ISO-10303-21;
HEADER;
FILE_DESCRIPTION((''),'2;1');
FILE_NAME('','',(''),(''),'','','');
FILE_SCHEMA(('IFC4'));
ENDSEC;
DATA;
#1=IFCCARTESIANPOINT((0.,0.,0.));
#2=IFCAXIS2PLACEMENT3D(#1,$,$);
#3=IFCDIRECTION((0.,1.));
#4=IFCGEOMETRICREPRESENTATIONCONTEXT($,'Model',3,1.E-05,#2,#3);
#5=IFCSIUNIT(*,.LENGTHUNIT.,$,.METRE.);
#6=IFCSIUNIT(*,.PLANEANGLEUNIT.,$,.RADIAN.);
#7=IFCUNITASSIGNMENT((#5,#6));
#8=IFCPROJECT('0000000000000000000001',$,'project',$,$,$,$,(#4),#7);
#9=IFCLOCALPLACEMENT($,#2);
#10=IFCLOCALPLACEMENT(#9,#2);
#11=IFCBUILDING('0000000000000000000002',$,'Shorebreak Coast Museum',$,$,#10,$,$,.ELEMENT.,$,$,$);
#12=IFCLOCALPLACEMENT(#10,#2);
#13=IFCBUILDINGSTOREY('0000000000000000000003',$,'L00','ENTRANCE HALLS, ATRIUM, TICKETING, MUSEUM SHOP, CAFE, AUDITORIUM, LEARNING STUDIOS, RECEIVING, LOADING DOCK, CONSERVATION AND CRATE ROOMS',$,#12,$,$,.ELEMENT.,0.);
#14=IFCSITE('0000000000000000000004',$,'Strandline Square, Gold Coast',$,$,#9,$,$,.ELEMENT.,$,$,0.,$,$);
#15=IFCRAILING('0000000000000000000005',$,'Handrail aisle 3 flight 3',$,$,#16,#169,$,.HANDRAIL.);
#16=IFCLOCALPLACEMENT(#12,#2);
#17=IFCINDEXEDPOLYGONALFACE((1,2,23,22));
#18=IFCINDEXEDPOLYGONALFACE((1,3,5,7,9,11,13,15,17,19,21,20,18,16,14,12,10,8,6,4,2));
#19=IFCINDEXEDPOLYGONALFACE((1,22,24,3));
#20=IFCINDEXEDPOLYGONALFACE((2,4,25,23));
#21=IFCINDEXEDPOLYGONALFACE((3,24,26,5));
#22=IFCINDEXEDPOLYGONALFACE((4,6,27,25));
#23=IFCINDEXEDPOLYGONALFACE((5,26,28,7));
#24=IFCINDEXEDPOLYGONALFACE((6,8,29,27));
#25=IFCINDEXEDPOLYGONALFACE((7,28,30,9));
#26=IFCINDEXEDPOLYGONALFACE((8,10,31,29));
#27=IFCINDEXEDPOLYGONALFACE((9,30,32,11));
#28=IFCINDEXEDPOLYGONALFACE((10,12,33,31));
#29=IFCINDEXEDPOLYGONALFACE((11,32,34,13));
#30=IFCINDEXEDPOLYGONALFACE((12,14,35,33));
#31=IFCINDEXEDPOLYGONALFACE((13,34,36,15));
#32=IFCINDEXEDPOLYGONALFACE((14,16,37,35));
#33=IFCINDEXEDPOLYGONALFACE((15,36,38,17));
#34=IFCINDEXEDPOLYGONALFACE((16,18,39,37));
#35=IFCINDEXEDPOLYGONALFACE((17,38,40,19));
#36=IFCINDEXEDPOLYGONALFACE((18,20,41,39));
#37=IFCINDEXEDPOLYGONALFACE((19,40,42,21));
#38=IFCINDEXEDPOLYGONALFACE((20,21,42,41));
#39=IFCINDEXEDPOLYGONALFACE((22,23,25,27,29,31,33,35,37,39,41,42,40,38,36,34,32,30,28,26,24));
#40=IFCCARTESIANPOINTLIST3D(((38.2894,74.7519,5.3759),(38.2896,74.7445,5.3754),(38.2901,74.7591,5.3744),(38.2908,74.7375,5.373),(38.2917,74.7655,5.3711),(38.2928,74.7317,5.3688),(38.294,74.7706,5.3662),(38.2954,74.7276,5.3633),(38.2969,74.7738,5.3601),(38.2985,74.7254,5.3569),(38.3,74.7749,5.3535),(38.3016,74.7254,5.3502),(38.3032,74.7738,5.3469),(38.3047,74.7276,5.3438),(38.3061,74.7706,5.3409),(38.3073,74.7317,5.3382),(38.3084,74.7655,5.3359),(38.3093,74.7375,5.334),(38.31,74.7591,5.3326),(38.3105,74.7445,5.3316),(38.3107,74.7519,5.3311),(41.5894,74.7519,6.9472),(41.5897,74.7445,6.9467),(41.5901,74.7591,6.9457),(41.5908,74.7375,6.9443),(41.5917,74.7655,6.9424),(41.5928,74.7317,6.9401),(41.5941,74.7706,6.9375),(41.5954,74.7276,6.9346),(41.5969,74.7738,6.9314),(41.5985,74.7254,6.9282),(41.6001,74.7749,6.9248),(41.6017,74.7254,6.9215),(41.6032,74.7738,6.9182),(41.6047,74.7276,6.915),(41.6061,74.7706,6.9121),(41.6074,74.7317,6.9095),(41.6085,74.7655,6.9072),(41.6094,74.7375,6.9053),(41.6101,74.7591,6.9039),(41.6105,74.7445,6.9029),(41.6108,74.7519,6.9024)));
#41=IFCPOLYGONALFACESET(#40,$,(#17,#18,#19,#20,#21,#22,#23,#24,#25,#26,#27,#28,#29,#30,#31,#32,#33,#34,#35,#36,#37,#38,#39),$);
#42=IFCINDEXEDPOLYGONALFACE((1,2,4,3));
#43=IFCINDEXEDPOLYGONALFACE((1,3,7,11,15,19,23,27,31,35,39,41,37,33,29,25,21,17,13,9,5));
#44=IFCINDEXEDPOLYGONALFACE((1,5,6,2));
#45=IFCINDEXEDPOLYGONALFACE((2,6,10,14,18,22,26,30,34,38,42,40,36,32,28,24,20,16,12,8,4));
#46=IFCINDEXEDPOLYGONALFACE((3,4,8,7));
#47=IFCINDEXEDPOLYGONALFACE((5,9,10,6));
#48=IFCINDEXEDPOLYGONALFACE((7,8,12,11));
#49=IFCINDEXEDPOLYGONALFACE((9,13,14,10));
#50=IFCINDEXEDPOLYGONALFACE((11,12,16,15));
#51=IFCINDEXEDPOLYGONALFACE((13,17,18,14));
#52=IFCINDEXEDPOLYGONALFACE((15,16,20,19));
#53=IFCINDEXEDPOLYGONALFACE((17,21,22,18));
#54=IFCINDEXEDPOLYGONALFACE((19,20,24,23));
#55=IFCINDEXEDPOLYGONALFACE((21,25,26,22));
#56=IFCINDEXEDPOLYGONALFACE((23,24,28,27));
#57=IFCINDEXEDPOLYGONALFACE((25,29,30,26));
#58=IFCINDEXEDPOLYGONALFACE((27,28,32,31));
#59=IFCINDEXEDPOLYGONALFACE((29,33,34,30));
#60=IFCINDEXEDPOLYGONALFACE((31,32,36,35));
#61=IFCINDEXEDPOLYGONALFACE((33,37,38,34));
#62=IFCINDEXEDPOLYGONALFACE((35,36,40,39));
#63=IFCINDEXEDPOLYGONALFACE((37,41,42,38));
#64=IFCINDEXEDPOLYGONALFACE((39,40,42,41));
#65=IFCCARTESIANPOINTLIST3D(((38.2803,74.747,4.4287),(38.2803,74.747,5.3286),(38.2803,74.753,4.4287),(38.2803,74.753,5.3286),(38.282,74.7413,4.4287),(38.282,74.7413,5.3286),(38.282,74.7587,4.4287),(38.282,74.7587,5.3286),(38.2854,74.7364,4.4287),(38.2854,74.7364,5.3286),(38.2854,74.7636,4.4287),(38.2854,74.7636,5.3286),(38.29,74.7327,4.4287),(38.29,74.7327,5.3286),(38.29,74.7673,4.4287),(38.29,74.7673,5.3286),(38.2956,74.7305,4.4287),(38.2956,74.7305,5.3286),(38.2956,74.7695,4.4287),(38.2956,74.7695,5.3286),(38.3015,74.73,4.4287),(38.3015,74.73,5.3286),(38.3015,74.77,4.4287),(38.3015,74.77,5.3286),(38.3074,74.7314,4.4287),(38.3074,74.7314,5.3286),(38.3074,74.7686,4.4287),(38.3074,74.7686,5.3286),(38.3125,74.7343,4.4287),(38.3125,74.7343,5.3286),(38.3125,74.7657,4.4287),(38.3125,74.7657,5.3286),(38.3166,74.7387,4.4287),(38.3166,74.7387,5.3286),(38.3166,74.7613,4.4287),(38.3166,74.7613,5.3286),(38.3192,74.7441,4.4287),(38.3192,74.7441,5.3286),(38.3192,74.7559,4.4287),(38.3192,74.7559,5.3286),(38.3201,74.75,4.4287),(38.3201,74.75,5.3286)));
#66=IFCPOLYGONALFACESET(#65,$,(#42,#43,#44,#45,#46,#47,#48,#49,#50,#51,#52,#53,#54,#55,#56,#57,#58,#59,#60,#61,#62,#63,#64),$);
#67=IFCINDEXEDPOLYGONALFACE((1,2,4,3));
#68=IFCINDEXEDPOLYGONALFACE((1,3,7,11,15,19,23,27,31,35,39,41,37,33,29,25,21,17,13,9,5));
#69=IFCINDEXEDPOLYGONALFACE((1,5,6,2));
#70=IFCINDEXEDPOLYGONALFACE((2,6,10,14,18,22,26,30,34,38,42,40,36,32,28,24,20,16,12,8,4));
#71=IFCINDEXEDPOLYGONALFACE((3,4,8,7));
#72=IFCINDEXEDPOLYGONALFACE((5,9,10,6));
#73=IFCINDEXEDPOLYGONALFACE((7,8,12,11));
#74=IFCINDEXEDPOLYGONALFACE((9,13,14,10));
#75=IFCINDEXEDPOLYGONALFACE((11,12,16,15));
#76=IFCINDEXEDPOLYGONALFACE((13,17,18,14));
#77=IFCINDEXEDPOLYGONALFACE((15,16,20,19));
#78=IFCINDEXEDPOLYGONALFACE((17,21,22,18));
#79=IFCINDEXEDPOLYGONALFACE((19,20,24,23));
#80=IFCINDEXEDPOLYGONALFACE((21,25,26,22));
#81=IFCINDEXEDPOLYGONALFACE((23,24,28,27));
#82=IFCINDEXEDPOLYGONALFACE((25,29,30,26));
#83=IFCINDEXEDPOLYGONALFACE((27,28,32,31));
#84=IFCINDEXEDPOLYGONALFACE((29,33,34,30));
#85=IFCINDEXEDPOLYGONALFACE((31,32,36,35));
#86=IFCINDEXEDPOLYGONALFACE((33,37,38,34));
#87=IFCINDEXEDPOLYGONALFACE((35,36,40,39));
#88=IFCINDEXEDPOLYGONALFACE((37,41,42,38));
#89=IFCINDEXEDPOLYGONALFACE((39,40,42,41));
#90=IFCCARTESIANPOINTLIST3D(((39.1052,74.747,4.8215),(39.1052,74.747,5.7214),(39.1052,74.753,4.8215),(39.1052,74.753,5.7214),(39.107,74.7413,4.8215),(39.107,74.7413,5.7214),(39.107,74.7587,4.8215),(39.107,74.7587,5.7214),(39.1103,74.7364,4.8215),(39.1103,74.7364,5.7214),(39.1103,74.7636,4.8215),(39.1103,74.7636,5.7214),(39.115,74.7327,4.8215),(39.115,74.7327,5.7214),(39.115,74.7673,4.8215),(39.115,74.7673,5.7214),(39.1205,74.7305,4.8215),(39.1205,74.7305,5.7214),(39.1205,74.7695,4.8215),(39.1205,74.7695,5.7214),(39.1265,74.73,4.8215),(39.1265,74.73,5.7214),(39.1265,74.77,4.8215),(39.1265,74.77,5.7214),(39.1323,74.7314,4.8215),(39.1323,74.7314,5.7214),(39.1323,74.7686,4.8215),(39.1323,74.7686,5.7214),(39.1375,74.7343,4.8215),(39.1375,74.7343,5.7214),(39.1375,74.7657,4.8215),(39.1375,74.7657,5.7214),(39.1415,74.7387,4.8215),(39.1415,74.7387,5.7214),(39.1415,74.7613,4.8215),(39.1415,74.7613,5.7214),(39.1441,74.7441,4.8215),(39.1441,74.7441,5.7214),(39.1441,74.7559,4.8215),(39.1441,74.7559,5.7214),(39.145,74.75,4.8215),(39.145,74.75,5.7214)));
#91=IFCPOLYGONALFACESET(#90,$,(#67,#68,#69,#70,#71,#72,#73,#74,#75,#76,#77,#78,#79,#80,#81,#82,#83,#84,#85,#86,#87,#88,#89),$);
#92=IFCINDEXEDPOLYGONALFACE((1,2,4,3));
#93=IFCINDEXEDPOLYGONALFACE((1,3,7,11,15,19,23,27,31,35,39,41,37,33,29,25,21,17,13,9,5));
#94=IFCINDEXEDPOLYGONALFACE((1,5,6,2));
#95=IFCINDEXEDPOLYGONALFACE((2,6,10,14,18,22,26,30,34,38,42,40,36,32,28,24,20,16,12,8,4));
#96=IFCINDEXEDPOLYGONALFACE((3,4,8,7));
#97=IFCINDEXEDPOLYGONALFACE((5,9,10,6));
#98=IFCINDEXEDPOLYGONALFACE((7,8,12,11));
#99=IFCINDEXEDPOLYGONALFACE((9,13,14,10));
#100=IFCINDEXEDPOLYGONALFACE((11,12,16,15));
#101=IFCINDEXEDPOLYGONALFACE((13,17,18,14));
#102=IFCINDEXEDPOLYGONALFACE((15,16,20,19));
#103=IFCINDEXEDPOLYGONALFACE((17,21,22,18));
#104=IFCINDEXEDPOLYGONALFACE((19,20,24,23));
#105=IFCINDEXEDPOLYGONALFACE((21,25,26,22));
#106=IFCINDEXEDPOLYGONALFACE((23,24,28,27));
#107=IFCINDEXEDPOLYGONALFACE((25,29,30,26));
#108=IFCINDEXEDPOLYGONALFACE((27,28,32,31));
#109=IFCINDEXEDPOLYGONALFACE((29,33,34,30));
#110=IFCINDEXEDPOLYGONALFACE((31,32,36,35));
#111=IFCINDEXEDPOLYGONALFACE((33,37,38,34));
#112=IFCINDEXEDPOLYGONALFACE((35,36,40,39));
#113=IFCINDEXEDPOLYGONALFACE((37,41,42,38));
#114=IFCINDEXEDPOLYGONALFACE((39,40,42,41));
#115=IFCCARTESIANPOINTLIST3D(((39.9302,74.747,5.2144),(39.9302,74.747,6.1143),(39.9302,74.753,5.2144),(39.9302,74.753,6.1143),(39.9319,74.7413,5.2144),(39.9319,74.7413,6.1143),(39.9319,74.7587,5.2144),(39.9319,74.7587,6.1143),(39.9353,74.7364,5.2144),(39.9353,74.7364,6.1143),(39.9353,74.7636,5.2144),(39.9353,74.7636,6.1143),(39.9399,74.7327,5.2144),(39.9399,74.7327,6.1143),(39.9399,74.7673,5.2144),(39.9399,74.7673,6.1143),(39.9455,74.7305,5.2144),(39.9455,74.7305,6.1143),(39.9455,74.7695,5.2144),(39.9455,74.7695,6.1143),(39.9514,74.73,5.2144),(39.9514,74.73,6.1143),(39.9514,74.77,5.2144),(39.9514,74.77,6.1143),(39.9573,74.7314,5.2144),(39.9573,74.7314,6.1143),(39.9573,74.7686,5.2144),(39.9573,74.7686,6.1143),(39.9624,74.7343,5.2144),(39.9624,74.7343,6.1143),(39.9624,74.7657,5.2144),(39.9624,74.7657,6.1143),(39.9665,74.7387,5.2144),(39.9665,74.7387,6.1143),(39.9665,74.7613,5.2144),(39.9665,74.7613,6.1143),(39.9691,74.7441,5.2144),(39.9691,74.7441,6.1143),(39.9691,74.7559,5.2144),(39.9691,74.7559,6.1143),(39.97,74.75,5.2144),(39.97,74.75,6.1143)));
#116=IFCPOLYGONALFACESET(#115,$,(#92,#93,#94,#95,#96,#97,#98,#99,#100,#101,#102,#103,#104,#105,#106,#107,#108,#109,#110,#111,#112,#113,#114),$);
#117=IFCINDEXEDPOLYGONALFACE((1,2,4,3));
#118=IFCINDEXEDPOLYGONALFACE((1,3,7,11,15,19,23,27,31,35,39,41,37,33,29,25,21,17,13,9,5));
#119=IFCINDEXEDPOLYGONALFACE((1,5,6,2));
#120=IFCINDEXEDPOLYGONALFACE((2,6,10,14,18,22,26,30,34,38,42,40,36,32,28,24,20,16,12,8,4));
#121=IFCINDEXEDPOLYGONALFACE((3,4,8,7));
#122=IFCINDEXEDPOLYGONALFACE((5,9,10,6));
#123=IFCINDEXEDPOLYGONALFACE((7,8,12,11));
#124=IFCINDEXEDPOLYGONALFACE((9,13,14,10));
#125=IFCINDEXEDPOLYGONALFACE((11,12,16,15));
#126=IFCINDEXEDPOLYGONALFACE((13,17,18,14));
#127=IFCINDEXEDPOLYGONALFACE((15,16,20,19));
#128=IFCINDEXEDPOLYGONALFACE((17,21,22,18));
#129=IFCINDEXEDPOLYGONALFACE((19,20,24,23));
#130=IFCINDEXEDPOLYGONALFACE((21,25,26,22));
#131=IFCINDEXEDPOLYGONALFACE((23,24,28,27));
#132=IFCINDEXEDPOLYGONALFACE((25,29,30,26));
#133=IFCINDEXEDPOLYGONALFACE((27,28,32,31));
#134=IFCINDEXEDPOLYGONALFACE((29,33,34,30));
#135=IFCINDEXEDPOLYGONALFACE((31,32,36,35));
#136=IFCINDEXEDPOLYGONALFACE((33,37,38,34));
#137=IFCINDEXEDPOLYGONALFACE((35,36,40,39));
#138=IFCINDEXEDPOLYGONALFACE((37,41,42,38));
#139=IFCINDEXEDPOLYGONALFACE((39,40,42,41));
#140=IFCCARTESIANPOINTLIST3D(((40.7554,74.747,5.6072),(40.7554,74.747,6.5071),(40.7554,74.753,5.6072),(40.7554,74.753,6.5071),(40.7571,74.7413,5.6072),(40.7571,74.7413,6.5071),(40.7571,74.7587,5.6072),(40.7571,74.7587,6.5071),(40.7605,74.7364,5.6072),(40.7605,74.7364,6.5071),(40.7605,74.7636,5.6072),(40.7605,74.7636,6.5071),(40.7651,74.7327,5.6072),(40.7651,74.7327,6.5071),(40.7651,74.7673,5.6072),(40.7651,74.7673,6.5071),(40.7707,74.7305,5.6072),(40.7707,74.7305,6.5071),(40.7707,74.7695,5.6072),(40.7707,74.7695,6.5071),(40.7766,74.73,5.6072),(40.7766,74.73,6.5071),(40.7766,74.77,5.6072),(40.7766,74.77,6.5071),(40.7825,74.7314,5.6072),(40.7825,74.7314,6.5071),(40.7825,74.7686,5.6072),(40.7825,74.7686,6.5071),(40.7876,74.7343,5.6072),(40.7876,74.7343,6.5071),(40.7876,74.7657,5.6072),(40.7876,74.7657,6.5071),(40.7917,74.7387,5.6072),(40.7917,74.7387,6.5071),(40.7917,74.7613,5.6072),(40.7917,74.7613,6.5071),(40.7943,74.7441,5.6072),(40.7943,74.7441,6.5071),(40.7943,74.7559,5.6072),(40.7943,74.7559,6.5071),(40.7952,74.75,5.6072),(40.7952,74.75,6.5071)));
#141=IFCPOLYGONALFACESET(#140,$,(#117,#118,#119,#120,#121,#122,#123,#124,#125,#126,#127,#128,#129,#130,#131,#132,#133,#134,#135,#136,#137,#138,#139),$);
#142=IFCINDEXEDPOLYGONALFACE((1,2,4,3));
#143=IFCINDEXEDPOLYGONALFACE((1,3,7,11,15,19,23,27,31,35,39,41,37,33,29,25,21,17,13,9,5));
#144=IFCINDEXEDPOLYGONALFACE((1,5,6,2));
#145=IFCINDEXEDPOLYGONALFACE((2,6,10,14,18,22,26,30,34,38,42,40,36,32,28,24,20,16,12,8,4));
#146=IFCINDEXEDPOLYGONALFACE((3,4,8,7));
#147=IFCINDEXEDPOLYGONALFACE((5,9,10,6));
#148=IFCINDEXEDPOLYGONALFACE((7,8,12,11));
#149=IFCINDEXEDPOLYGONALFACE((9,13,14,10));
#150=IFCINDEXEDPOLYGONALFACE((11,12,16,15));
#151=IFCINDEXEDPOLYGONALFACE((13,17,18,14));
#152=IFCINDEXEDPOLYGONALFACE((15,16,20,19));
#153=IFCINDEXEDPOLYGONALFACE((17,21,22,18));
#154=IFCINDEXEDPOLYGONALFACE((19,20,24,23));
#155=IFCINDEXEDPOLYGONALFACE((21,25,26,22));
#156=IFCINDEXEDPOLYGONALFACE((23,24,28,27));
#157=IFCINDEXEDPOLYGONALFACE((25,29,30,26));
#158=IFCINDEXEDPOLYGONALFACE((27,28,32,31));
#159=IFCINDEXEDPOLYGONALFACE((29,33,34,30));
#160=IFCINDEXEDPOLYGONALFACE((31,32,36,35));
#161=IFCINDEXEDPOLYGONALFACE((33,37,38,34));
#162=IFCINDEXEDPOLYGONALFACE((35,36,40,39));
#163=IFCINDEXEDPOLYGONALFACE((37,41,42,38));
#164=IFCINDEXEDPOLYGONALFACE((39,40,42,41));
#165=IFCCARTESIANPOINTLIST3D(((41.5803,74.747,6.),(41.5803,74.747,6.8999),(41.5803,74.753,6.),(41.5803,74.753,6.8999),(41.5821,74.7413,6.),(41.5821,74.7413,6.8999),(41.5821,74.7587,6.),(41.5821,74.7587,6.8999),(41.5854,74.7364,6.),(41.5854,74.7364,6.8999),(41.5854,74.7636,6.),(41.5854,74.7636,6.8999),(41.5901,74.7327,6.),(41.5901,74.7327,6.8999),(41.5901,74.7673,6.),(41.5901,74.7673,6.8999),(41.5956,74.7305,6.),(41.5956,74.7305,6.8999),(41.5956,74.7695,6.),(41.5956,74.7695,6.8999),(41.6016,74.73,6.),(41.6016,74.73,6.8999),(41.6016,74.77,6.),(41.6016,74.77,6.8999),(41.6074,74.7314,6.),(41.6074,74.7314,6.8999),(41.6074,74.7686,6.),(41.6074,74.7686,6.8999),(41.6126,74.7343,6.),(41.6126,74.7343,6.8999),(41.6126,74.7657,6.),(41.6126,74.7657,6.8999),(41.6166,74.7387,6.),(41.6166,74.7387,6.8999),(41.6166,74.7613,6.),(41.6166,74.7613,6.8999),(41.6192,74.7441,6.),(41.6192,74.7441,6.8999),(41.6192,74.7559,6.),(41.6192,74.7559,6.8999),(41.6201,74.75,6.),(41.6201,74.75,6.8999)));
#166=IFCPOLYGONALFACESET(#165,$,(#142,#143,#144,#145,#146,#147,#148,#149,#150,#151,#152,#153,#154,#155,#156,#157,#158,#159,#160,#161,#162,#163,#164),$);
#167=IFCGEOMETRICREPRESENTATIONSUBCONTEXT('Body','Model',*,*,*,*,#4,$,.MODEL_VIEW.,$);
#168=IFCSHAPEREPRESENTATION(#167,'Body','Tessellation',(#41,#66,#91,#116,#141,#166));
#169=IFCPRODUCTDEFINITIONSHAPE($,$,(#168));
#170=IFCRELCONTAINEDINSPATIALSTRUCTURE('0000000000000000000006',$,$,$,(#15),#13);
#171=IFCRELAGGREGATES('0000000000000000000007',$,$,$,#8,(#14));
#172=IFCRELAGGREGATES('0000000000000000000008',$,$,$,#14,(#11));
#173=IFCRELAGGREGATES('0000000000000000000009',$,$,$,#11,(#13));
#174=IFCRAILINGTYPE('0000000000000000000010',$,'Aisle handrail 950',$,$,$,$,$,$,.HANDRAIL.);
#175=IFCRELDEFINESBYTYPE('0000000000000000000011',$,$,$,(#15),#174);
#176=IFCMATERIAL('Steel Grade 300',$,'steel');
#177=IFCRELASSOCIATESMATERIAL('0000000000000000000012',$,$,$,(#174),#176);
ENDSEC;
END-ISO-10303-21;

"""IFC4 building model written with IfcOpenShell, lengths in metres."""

from ifc_helpers import new_model, si_unit, direction, frame, origin, origin_2d, place, context, subcontext, project, spatial, circle, extrude, material, type_object, element, save


model = new_model("IFC4")

# Units and contexts
model_context = context("Model", 3, precision=1e-05, world=origin(), true_north=direction((0.0, 1.0)))
body_context = subcontext(model_context, "Body", "Model", "MODEL_VIEW")
ifc_project = project(units=[si_unit("LENGTHUNIT", "METRE"), si_unit("PLANEANGLEUNIT", "RADIAN")], contexts=[model_context])

# Site, building, storey
site_placement = place(None, origin())
site = spatial("IfcSite", under=ifc_project, at=site_placement, Name="Strandline Square, Gold Coast", CompositionType="ELEMENT", RefElevation=0.0)
building_placement = place(site_placement, origin())
building = spatial("IfcBuilding", under=site, at=building_placement, Name="Shorebreak Coast Museum", CompositionType="ELEMENT")
storey_placement = place(building_placement, origin())
storey = spatial("IfcBuildingStorey", under=building, at=storey_placement, Name="L00", Description="ENTRANCE HALLS, ATRIUM, TICKETING, MUSEUM SHOP, CAFE, AUDITORIUM, LEARNING STUDIOS, RECEIVING, LOADING DOCK, CONSERVATION AND CRATE ROOMS", CompositionType="ELEMENT", Elevation=0.0)

# Railing
ifc_material_1 = material(Name="Steel Grade 300", Category="steel")
railing_type = type_object("IfcRailingType", Name="Aisle handrail 950", PredefinedType="HANDRAIL", material=ifc_material_1)
for number, where, name in (
    (1, (38.3, 74.75, 4.4287), "Handrail aisle 3 flight 3"),
):
    element("IfcRailing", number, at=place(storey_placement, frame(where)), inside=storey, type_object=railing_type, Name=name, PredefinedType="HANDRAIL", context=body_context, shape_type="SweptSolid", body=[
        extrude(circle(Radius=0.0249, at=origin_2d()), frame((0.0, 0.0, 0.9248), z_axis=(0.902878, 0.0, 0.429897), x_axis=(0.0, 1.0, 0.0)), (0.0, 0.0, 1.0), 3.655),
        extrude(circle(Radius=0.02, at=origin_2d()), origin(), (0.0, 0.0, 1.0), 0.8999),
        extrude(circle(Radius=0.02, at=origin_2d()), frame((0.825, 0.0, 0.3928)), (0.0, 0.0, 1.0), 0.8999),
        extrude(circle(Radius=0.02, at=origin_2d()), frame((1.6499, 0.0, 0.7856)), (0.0, 0.0, 1.0), 0.8999),
        extrude(circle(Radius=0.02, at=origin_2d()), frame((2.4751, 0.0, 1.1785)), (0.0, 0.0, 1.0), 0.8999),
        extrude(circle(Radius=0.02, at=origin_2d()), frame((3.3, 0.0, 1.5713)), (0.0, 0.0, 1.0), 0.8999),
    ])

save(model, "model.ifc")
